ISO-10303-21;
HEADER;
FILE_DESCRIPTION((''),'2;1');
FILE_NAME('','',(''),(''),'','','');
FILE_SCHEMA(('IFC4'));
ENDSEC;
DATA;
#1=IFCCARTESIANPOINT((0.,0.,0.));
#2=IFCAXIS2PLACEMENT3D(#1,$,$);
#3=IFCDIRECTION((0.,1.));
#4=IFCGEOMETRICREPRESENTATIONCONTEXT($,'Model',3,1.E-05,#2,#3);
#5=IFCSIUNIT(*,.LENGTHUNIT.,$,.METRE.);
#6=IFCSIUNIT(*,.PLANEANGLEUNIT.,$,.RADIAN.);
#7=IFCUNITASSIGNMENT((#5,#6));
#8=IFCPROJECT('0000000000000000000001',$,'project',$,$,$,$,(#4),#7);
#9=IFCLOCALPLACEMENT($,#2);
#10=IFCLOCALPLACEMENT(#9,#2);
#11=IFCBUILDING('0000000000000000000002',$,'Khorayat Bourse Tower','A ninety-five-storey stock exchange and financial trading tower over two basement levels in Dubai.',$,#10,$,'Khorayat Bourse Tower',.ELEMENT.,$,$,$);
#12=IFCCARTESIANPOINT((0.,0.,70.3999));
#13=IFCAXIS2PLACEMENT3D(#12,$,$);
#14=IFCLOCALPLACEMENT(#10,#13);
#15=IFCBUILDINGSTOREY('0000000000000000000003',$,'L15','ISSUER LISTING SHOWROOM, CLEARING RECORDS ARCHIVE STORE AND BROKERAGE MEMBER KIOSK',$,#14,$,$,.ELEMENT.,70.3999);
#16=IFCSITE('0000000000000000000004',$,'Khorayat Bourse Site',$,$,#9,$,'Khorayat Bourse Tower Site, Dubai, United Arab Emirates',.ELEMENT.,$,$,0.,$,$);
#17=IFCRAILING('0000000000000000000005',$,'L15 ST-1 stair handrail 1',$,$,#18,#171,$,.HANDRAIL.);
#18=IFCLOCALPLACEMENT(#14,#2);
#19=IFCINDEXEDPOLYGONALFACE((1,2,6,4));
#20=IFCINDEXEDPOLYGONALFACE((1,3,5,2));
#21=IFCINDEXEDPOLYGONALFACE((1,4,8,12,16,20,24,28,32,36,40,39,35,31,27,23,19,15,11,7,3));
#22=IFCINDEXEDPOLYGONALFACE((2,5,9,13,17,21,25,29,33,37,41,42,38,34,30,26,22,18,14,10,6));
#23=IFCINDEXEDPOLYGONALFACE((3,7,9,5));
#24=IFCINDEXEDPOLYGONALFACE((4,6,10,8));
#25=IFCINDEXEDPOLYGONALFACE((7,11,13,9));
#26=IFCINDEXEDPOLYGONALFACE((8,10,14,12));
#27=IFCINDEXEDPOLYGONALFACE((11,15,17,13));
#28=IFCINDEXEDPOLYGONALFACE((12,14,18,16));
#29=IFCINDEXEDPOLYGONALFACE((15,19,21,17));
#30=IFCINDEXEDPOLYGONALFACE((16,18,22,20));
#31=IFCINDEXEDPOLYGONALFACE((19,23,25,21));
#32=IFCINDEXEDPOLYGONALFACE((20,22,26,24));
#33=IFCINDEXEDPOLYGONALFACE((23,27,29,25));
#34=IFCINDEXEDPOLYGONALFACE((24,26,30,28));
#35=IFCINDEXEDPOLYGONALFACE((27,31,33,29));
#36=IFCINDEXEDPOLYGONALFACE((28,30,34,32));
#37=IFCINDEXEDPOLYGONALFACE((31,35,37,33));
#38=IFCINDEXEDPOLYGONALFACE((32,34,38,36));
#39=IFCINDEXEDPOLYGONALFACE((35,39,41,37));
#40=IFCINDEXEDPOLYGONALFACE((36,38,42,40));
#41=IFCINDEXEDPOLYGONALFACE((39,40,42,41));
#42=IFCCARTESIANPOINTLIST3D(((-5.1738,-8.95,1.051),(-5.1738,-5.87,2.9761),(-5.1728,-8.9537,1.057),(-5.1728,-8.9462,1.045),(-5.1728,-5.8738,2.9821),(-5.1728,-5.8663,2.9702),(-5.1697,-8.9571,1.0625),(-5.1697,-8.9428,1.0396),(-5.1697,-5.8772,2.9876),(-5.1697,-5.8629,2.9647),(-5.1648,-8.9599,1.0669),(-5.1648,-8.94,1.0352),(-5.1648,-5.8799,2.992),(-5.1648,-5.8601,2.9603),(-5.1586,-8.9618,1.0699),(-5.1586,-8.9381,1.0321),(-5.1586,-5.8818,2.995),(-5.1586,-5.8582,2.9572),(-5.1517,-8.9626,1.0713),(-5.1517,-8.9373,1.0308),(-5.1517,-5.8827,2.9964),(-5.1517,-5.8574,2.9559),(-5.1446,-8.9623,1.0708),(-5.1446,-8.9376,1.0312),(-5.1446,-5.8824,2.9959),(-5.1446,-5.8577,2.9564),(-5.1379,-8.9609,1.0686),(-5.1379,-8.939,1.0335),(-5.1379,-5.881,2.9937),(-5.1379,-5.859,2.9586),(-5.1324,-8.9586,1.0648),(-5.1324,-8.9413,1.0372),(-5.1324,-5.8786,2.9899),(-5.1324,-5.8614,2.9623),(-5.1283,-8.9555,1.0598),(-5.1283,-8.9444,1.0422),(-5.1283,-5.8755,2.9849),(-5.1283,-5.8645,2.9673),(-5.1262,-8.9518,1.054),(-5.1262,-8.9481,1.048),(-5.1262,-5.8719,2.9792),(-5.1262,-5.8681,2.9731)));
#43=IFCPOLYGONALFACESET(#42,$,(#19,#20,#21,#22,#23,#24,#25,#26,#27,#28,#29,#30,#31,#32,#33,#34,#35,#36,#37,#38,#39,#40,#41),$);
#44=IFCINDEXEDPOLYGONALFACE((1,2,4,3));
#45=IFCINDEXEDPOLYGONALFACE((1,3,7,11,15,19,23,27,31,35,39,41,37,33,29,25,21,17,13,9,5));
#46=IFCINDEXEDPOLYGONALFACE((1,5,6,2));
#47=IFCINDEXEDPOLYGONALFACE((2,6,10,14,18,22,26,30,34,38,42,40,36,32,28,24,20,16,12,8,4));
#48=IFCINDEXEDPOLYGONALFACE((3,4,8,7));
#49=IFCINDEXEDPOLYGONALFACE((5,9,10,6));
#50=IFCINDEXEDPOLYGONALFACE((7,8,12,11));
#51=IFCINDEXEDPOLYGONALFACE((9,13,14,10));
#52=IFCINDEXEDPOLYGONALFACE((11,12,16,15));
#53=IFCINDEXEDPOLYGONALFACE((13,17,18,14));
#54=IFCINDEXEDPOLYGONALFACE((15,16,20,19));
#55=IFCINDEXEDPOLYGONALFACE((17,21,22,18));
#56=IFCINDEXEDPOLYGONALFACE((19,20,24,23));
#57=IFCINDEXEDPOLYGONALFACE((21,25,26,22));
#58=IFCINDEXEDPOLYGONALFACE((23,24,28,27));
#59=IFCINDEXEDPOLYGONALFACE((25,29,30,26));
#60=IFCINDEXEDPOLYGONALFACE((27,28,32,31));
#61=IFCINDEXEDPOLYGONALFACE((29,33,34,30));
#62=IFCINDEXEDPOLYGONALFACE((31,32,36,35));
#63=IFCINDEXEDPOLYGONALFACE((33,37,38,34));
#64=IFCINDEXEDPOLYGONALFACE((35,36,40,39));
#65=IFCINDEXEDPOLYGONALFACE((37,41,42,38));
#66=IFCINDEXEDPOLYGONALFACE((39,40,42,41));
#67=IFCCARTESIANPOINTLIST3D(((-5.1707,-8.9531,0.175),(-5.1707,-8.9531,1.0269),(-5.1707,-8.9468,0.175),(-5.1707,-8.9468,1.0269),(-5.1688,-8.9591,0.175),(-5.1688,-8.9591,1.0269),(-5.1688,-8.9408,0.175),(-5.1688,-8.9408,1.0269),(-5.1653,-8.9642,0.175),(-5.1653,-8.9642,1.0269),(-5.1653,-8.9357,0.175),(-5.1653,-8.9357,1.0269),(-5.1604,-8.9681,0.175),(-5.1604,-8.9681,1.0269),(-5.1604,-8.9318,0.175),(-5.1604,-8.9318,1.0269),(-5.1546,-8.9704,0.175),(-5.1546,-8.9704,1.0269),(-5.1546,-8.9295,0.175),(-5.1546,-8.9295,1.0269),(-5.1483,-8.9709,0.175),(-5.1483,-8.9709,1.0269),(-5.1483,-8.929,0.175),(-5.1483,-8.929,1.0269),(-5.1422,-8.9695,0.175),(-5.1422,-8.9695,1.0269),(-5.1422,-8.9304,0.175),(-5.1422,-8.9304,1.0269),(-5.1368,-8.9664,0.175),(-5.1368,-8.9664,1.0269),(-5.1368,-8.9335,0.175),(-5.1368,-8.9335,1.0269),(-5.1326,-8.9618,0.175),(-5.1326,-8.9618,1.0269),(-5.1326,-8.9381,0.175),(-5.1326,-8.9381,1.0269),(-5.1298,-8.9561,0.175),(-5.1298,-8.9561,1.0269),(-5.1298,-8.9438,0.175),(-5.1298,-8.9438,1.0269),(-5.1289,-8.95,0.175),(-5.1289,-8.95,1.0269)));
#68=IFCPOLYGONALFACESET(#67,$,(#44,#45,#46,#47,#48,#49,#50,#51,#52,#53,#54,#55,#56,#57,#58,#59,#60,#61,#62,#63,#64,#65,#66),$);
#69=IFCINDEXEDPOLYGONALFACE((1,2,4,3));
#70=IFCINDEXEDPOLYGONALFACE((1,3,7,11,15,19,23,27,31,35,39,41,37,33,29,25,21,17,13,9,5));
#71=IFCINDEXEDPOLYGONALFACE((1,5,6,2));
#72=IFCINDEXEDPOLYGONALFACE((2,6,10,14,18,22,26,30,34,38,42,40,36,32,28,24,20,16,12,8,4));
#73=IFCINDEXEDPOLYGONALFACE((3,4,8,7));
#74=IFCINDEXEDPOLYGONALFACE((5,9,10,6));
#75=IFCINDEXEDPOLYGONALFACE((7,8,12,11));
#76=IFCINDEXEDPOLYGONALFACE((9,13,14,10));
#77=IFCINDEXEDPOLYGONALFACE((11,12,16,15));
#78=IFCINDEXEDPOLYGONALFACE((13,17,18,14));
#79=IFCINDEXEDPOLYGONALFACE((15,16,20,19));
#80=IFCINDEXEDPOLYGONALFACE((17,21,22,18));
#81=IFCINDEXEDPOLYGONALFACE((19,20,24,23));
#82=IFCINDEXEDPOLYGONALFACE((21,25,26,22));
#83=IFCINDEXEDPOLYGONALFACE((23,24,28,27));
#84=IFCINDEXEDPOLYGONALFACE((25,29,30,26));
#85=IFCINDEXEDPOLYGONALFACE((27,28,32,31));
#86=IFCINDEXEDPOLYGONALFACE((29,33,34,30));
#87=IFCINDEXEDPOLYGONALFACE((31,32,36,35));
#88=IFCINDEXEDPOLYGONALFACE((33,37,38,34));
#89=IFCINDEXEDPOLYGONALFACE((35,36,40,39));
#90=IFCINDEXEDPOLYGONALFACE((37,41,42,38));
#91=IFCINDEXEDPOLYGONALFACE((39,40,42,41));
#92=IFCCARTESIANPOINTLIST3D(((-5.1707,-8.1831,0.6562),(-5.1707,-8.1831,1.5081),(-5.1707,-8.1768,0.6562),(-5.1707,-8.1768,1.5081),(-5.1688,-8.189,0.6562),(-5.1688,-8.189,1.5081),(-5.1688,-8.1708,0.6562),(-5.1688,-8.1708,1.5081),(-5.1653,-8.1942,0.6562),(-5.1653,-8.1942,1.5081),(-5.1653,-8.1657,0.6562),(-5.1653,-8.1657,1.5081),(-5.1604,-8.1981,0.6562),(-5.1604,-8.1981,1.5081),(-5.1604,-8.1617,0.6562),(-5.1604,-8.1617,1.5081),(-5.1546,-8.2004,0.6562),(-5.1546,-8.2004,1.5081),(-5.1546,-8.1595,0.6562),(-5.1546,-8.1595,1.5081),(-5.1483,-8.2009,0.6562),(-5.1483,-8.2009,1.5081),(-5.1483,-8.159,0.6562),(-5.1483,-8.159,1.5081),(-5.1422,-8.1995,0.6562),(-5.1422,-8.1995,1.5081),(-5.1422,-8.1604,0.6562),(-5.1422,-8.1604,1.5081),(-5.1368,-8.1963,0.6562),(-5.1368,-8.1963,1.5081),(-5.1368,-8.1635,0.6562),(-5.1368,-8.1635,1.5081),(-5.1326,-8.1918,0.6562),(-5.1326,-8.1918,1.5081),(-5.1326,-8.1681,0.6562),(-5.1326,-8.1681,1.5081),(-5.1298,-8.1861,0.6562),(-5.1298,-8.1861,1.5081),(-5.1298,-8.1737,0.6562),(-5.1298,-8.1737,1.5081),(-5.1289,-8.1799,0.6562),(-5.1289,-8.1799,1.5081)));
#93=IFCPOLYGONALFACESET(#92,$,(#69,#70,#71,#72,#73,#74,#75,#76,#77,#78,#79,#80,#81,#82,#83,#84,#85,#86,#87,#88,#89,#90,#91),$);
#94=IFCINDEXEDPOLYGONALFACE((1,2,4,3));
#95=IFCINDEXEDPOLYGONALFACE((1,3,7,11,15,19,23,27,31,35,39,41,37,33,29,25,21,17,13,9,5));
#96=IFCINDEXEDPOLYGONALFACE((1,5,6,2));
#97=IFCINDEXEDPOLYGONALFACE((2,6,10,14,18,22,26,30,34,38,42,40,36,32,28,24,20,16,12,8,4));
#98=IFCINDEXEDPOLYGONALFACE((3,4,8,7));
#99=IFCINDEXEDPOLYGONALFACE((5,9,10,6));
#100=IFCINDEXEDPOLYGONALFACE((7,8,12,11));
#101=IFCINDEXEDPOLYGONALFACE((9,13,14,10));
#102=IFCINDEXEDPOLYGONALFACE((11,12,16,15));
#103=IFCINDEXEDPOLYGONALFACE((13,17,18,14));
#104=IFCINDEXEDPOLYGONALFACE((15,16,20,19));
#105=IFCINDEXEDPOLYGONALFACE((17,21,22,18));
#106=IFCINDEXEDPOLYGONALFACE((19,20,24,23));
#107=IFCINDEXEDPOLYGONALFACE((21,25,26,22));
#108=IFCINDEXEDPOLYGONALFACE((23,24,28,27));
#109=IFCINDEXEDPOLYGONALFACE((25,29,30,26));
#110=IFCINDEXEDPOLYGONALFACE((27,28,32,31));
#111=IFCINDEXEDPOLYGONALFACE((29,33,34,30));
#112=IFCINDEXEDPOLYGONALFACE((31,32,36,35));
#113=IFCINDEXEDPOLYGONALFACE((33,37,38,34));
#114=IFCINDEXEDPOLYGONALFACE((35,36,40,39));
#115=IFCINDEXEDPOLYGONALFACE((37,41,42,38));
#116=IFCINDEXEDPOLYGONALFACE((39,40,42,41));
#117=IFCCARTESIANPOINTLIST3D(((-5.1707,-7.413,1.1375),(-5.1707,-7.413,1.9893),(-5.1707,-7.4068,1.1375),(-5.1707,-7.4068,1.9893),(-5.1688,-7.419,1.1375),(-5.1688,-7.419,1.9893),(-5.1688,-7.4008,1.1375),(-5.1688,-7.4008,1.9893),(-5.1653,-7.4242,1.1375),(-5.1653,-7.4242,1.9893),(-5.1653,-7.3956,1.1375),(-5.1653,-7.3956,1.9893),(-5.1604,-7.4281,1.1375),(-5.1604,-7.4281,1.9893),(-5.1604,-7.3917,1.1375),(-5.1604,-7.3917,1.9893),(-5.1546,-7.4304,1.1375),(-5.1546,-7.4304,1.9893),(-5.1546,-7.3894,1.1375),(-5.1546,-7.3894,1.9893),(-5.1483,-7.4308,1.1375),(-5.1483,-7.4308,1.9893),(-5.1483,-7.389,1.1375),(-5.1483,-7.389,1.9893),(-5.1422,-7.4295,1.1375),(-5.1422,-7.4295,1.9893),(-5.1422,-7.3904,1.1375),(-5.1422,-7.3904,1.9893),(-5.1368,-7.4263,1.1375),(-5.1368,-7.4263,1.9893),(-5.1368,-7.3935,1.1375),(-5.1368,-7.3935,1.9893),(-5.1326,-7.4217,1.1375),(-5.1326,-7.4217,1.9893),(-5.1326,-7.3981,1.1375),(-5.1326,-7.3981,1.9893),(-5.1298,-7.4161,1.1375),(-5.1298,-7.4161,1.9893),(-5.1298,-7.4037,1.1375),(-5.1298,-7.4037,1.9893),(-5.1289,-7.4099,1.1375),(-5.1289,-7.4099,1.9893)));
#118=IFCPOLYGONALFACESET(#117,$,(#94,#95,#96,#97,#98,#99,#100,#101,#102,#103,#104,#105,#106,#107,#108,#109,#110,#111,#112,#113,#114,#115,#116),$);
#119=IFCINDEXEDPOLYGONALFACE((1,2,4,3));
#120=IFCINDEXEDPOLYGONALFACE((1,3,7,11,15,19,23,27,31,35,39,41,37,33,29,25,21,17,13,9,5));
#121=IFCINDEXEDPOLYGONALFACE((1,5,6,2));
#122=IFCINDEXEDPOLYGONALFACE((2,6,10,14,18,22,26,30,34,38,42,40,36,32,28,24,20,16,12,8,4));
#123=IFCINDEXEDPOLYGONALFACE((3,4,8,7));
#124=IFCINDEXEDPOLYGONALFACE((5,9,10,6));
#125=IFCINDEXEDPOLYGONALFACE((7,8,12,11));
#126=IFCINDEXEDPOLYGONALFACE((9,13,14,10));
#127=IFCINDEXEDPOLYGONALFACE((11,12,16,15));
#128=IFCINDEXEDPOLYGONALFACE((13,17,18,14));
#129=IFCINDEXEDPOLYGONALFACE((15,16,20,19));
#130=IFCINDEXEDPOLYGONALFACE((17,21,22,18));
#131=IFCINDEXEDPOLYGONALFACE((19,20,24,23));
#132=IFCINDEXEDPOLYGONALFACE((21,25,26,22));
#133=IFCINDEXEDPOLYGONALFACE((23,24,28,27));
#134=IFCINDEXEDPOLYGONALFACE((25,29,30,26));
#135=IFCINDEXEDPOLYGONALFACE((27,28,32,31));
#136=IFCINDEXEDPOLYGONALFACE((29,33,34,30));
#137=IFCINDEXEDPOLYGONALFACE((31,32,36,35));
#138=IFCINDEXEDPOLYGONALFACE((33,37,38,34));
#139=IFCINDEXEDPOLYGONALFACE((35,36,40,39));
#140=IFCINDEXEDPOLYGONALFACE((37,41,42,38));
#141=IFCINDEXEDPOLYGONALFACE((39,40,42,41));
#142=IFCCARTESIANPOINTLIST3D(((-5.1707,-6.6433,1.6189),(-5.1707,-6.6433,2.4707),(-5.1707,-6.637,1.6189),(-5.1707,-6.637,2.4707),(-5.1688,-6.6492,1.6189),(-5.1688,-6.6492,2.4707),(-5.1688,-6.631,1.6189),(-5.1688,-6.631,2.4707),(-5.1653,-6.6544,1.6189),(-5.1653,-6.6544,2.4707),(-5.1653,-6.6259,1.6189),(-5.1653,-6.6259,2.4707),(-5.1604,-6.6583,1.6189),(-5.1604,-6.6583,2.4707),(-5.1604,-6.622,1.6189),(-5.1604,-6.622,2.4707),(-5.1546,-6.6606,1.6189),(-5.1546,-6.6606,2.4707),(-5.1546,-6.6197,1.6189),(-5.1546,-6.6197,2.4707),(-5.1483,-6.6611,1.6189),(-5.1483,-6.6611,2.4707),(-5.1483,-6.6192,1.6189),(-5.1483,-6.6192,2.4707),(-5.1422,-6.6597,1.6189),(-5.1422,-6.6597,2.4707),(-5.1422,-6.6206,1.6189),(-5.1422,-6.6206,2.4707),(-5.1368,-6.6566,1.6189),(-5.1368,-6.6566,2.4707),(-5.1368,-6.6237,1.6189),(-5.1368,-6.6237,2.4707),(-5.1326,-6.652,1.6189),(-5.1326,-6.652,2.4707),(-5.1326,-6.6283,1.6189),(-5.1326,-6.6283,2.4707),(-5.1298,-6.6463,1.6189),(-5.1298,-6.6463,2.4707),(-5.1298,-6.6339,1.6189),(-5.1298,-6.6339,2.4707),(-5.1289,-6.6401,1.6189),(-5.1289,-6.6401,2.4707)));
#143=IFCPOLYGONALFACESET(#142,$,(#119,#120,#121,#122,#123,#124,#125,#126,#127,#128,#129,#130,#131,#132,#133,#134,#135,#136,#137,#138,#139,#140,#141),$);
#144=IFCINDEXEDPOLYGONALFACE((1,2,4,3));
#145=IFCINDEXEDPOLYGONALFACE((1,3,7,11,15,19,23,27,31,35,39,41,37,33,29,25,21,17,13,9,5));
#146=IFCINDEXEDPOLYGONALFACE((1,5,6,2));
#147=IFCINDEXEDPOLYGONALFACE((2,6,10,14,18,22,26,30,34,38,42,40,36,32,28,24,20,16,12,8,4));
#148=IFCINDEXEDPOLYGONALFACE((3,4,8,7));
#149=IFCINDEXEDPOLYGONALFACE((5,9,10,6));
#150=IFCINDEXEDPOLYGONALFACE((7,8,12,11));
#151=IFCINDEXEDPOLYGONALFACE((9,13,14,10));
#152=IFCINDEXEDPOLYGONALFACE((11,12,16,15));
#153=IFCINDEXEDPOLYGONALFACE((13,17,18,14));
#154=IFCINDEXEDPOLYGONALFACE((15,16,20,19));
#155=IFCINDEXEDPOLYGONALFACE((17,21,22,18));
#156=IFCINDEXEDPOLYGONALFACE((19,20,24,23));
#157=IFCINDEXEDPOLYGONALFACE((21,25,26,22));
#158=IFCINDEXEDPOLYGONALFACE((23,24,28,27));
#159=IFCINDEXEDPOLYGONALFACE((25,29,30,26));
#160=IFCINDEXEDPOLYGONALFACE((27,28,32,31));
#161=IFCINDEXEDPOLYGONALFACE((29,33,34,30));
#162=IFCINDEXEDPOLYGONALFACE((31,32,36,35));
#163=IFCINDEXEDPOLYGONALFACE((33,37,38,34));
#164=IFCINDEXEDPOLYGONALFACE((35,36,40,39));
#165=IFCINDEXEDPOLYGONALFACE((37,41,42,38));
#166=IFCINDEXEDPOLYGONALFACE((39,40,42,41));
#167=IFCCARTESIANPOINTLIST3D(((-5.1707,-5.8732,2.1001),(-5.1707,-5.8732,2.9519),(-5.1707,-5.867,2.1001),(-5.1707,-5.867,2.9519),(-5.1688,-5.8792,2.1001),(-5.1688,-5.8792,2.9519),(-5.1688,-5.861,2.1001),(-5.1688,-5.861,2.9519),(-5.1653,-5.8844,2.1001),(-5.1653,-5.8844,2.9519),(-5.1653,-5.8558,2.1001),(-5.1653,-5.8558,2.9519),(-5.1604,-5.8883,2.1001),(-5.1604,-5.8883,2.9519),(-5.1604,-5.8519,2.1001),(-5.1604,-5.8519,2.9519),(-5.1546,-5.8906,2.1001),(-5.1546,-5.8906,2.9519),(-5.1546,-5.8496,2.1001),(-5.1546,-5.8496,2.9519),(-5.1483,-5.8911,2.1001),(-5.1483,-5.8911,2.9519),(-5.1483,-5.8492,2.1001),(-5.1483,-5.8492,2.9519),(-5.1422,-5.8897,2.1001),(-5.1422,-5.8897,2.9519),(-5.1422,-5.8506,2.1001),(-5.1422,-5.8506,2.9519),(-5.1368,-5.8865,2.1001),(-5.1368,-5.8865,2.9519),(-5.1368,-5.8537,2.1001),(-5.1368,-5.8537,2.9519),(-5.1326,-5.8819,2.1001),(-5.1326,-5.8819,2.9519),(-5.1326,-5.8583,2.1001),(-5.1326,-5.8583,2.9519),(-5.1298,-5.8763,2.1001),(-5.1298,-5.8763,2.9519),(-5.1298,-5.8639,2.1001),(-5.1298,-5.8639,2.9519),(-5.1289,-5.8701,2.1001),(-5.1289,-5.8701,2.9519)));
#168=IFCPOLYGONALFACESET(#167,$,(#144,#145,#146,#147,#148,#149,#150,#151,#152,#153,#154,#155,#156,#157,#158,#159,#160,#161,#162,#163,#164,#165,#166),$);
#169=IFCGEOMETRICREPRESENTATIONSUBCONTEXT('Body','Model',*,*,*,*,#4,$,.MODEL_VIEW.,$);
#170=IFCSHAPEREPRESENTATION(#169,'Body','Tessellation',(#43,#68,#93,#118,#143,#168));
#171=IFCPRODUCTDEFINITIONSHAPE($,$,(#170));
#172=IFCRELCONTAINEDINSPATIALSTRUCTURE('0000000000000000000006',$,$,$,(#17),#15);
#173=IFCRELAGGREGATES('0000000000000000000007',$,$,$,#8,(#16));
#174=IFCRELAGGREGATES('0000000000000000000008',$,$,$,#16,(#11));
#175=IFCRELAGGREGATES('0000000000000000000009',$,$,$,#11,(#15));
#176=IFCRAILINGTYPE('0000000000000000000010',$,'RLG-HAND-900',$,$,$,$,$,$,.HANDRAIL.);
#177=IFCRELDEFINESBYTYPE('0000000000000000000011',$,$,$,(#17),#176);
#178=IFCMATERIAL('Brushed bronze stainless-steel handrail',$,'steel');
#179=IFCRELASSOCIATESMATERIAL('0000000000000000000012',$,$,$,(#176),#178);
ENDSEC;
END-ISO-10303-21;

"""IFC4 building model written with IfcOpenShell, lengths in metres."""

from ifc_helpers import new_model, si_unit, direction, frame, origin, origin_2d, place, context, subcontext, project, spatial, circle, extrude, source, transform, mapped, material, type_object, element, save


model = new_model("IFC4")

# Units and contexts
model_context = context("Model", 3, precision=1e-05, world=origin(), true_north=direction((0.0, 1.0)))
body_context = subcontext(model_context, "Body", "Model", "MODEL_VIEW")
ifc_project = project(units=[si_unit("LENGTHUNIT", "METRE"), si_unit("PLANEANGLEUNIT", "RADIAN")], contexts=[model_context])

# Site, building, storey
site_placement = place(None, origin())
site = spatial("IfcSite", under=ifc_project, at=site_placement, Name="Khorayat Bourse Site", LongName="Khorayat Bourse Tower Site, Dubai, United Arab Emirates", CompositionType="ELEMENT", RefElevation=0.0)
building_placement = place(site_placement, origin())
building = spatial("IfcBuilding", under=site, at=building_placement, Name="Khorayat Bourse Tower", Description="A ninety-five-storey stock exchange and financial trading tower over two basement levels in Dubai.", LongName="Khorayat Bourse Tower", CompositionType="ELEMENT")
storey_placement = place(building_placement, frame((0.0, 0.0, 70.3999)))
storey = spatial("IfcBuildingStorey", under=building, at=storey_placement, Name="L15", Description="ISSUER LISTING SHOWROOM, CLEARING RECORDS ARCHIVE STORE AND BROKERAGE MEMBER KIOSK", CompositionType="ELEMENT", Elevation=70.3999)

# Railing
ifc_material_1 = material(Name="Brushed bronze stainless-steel handrail", Category="steel")
railing_type_1 = type_object("IfcRailingType", Name="RLG-HAND-900", PredefinedType="HANDRAIL", material=ifc_material_1)
shared_shape_1 = source(origin(), body_context, "Body", "SweptSolid", [
    extrude(circle(Radius=0.0239, at=origin_2d()), frame((0.0, 0.0, 0.876), z_axis=(0.0, 0.847979, 0.530029), x_axis=(-1.0, 0.0, 0.0)), (0.0, 0.0, 1.0), 3.6321),
    extrude(circle(Radius=0.021, at=origin_2d()), origin(), (0.0, 0.0, 1.0), 0.8518),
    extrude(circle(Radius=0.021, at=origin_2d()), frame((0.0, 0.77, 0.4812)), (0.0, 0.0, 1.0), 0.8518),
    extrude(circle(Radius=0.021, at=origin_2d()), frame((0.0, 1.54, 0.9624)), (0.0, 0.0, 1.0), 0.8518),
    extrude(circle(Radius=0.021, at=origin_2d()), frame((0.0, 2.3098, 1.4438)), (0.0, 0.0, 1.0), 0.8518),
    extrude(circle(Radius=0.021, at=origin_2d()), frame((0.0, 3.0798, 1.925)), (0.0, 0.0, 1.0), 0.8518),
])
railing_1_placement = place(storey_placement, frame((-5.1499, -8.95, 0.175)))
element("IfcRailing", 1, at=railing_1_placement, inside=storey, type_object=railing_type_1, Name="L15 ST-1 stair handrail 1", PredefinedType="HANDRAIL", context=body_context, shape_type="MappedRepresentation", body=[
    mapped(shared_shape_1, transform((0.0, 0.0, 0.0), scale=1.0)),
])

save(model, "model.ifc")
